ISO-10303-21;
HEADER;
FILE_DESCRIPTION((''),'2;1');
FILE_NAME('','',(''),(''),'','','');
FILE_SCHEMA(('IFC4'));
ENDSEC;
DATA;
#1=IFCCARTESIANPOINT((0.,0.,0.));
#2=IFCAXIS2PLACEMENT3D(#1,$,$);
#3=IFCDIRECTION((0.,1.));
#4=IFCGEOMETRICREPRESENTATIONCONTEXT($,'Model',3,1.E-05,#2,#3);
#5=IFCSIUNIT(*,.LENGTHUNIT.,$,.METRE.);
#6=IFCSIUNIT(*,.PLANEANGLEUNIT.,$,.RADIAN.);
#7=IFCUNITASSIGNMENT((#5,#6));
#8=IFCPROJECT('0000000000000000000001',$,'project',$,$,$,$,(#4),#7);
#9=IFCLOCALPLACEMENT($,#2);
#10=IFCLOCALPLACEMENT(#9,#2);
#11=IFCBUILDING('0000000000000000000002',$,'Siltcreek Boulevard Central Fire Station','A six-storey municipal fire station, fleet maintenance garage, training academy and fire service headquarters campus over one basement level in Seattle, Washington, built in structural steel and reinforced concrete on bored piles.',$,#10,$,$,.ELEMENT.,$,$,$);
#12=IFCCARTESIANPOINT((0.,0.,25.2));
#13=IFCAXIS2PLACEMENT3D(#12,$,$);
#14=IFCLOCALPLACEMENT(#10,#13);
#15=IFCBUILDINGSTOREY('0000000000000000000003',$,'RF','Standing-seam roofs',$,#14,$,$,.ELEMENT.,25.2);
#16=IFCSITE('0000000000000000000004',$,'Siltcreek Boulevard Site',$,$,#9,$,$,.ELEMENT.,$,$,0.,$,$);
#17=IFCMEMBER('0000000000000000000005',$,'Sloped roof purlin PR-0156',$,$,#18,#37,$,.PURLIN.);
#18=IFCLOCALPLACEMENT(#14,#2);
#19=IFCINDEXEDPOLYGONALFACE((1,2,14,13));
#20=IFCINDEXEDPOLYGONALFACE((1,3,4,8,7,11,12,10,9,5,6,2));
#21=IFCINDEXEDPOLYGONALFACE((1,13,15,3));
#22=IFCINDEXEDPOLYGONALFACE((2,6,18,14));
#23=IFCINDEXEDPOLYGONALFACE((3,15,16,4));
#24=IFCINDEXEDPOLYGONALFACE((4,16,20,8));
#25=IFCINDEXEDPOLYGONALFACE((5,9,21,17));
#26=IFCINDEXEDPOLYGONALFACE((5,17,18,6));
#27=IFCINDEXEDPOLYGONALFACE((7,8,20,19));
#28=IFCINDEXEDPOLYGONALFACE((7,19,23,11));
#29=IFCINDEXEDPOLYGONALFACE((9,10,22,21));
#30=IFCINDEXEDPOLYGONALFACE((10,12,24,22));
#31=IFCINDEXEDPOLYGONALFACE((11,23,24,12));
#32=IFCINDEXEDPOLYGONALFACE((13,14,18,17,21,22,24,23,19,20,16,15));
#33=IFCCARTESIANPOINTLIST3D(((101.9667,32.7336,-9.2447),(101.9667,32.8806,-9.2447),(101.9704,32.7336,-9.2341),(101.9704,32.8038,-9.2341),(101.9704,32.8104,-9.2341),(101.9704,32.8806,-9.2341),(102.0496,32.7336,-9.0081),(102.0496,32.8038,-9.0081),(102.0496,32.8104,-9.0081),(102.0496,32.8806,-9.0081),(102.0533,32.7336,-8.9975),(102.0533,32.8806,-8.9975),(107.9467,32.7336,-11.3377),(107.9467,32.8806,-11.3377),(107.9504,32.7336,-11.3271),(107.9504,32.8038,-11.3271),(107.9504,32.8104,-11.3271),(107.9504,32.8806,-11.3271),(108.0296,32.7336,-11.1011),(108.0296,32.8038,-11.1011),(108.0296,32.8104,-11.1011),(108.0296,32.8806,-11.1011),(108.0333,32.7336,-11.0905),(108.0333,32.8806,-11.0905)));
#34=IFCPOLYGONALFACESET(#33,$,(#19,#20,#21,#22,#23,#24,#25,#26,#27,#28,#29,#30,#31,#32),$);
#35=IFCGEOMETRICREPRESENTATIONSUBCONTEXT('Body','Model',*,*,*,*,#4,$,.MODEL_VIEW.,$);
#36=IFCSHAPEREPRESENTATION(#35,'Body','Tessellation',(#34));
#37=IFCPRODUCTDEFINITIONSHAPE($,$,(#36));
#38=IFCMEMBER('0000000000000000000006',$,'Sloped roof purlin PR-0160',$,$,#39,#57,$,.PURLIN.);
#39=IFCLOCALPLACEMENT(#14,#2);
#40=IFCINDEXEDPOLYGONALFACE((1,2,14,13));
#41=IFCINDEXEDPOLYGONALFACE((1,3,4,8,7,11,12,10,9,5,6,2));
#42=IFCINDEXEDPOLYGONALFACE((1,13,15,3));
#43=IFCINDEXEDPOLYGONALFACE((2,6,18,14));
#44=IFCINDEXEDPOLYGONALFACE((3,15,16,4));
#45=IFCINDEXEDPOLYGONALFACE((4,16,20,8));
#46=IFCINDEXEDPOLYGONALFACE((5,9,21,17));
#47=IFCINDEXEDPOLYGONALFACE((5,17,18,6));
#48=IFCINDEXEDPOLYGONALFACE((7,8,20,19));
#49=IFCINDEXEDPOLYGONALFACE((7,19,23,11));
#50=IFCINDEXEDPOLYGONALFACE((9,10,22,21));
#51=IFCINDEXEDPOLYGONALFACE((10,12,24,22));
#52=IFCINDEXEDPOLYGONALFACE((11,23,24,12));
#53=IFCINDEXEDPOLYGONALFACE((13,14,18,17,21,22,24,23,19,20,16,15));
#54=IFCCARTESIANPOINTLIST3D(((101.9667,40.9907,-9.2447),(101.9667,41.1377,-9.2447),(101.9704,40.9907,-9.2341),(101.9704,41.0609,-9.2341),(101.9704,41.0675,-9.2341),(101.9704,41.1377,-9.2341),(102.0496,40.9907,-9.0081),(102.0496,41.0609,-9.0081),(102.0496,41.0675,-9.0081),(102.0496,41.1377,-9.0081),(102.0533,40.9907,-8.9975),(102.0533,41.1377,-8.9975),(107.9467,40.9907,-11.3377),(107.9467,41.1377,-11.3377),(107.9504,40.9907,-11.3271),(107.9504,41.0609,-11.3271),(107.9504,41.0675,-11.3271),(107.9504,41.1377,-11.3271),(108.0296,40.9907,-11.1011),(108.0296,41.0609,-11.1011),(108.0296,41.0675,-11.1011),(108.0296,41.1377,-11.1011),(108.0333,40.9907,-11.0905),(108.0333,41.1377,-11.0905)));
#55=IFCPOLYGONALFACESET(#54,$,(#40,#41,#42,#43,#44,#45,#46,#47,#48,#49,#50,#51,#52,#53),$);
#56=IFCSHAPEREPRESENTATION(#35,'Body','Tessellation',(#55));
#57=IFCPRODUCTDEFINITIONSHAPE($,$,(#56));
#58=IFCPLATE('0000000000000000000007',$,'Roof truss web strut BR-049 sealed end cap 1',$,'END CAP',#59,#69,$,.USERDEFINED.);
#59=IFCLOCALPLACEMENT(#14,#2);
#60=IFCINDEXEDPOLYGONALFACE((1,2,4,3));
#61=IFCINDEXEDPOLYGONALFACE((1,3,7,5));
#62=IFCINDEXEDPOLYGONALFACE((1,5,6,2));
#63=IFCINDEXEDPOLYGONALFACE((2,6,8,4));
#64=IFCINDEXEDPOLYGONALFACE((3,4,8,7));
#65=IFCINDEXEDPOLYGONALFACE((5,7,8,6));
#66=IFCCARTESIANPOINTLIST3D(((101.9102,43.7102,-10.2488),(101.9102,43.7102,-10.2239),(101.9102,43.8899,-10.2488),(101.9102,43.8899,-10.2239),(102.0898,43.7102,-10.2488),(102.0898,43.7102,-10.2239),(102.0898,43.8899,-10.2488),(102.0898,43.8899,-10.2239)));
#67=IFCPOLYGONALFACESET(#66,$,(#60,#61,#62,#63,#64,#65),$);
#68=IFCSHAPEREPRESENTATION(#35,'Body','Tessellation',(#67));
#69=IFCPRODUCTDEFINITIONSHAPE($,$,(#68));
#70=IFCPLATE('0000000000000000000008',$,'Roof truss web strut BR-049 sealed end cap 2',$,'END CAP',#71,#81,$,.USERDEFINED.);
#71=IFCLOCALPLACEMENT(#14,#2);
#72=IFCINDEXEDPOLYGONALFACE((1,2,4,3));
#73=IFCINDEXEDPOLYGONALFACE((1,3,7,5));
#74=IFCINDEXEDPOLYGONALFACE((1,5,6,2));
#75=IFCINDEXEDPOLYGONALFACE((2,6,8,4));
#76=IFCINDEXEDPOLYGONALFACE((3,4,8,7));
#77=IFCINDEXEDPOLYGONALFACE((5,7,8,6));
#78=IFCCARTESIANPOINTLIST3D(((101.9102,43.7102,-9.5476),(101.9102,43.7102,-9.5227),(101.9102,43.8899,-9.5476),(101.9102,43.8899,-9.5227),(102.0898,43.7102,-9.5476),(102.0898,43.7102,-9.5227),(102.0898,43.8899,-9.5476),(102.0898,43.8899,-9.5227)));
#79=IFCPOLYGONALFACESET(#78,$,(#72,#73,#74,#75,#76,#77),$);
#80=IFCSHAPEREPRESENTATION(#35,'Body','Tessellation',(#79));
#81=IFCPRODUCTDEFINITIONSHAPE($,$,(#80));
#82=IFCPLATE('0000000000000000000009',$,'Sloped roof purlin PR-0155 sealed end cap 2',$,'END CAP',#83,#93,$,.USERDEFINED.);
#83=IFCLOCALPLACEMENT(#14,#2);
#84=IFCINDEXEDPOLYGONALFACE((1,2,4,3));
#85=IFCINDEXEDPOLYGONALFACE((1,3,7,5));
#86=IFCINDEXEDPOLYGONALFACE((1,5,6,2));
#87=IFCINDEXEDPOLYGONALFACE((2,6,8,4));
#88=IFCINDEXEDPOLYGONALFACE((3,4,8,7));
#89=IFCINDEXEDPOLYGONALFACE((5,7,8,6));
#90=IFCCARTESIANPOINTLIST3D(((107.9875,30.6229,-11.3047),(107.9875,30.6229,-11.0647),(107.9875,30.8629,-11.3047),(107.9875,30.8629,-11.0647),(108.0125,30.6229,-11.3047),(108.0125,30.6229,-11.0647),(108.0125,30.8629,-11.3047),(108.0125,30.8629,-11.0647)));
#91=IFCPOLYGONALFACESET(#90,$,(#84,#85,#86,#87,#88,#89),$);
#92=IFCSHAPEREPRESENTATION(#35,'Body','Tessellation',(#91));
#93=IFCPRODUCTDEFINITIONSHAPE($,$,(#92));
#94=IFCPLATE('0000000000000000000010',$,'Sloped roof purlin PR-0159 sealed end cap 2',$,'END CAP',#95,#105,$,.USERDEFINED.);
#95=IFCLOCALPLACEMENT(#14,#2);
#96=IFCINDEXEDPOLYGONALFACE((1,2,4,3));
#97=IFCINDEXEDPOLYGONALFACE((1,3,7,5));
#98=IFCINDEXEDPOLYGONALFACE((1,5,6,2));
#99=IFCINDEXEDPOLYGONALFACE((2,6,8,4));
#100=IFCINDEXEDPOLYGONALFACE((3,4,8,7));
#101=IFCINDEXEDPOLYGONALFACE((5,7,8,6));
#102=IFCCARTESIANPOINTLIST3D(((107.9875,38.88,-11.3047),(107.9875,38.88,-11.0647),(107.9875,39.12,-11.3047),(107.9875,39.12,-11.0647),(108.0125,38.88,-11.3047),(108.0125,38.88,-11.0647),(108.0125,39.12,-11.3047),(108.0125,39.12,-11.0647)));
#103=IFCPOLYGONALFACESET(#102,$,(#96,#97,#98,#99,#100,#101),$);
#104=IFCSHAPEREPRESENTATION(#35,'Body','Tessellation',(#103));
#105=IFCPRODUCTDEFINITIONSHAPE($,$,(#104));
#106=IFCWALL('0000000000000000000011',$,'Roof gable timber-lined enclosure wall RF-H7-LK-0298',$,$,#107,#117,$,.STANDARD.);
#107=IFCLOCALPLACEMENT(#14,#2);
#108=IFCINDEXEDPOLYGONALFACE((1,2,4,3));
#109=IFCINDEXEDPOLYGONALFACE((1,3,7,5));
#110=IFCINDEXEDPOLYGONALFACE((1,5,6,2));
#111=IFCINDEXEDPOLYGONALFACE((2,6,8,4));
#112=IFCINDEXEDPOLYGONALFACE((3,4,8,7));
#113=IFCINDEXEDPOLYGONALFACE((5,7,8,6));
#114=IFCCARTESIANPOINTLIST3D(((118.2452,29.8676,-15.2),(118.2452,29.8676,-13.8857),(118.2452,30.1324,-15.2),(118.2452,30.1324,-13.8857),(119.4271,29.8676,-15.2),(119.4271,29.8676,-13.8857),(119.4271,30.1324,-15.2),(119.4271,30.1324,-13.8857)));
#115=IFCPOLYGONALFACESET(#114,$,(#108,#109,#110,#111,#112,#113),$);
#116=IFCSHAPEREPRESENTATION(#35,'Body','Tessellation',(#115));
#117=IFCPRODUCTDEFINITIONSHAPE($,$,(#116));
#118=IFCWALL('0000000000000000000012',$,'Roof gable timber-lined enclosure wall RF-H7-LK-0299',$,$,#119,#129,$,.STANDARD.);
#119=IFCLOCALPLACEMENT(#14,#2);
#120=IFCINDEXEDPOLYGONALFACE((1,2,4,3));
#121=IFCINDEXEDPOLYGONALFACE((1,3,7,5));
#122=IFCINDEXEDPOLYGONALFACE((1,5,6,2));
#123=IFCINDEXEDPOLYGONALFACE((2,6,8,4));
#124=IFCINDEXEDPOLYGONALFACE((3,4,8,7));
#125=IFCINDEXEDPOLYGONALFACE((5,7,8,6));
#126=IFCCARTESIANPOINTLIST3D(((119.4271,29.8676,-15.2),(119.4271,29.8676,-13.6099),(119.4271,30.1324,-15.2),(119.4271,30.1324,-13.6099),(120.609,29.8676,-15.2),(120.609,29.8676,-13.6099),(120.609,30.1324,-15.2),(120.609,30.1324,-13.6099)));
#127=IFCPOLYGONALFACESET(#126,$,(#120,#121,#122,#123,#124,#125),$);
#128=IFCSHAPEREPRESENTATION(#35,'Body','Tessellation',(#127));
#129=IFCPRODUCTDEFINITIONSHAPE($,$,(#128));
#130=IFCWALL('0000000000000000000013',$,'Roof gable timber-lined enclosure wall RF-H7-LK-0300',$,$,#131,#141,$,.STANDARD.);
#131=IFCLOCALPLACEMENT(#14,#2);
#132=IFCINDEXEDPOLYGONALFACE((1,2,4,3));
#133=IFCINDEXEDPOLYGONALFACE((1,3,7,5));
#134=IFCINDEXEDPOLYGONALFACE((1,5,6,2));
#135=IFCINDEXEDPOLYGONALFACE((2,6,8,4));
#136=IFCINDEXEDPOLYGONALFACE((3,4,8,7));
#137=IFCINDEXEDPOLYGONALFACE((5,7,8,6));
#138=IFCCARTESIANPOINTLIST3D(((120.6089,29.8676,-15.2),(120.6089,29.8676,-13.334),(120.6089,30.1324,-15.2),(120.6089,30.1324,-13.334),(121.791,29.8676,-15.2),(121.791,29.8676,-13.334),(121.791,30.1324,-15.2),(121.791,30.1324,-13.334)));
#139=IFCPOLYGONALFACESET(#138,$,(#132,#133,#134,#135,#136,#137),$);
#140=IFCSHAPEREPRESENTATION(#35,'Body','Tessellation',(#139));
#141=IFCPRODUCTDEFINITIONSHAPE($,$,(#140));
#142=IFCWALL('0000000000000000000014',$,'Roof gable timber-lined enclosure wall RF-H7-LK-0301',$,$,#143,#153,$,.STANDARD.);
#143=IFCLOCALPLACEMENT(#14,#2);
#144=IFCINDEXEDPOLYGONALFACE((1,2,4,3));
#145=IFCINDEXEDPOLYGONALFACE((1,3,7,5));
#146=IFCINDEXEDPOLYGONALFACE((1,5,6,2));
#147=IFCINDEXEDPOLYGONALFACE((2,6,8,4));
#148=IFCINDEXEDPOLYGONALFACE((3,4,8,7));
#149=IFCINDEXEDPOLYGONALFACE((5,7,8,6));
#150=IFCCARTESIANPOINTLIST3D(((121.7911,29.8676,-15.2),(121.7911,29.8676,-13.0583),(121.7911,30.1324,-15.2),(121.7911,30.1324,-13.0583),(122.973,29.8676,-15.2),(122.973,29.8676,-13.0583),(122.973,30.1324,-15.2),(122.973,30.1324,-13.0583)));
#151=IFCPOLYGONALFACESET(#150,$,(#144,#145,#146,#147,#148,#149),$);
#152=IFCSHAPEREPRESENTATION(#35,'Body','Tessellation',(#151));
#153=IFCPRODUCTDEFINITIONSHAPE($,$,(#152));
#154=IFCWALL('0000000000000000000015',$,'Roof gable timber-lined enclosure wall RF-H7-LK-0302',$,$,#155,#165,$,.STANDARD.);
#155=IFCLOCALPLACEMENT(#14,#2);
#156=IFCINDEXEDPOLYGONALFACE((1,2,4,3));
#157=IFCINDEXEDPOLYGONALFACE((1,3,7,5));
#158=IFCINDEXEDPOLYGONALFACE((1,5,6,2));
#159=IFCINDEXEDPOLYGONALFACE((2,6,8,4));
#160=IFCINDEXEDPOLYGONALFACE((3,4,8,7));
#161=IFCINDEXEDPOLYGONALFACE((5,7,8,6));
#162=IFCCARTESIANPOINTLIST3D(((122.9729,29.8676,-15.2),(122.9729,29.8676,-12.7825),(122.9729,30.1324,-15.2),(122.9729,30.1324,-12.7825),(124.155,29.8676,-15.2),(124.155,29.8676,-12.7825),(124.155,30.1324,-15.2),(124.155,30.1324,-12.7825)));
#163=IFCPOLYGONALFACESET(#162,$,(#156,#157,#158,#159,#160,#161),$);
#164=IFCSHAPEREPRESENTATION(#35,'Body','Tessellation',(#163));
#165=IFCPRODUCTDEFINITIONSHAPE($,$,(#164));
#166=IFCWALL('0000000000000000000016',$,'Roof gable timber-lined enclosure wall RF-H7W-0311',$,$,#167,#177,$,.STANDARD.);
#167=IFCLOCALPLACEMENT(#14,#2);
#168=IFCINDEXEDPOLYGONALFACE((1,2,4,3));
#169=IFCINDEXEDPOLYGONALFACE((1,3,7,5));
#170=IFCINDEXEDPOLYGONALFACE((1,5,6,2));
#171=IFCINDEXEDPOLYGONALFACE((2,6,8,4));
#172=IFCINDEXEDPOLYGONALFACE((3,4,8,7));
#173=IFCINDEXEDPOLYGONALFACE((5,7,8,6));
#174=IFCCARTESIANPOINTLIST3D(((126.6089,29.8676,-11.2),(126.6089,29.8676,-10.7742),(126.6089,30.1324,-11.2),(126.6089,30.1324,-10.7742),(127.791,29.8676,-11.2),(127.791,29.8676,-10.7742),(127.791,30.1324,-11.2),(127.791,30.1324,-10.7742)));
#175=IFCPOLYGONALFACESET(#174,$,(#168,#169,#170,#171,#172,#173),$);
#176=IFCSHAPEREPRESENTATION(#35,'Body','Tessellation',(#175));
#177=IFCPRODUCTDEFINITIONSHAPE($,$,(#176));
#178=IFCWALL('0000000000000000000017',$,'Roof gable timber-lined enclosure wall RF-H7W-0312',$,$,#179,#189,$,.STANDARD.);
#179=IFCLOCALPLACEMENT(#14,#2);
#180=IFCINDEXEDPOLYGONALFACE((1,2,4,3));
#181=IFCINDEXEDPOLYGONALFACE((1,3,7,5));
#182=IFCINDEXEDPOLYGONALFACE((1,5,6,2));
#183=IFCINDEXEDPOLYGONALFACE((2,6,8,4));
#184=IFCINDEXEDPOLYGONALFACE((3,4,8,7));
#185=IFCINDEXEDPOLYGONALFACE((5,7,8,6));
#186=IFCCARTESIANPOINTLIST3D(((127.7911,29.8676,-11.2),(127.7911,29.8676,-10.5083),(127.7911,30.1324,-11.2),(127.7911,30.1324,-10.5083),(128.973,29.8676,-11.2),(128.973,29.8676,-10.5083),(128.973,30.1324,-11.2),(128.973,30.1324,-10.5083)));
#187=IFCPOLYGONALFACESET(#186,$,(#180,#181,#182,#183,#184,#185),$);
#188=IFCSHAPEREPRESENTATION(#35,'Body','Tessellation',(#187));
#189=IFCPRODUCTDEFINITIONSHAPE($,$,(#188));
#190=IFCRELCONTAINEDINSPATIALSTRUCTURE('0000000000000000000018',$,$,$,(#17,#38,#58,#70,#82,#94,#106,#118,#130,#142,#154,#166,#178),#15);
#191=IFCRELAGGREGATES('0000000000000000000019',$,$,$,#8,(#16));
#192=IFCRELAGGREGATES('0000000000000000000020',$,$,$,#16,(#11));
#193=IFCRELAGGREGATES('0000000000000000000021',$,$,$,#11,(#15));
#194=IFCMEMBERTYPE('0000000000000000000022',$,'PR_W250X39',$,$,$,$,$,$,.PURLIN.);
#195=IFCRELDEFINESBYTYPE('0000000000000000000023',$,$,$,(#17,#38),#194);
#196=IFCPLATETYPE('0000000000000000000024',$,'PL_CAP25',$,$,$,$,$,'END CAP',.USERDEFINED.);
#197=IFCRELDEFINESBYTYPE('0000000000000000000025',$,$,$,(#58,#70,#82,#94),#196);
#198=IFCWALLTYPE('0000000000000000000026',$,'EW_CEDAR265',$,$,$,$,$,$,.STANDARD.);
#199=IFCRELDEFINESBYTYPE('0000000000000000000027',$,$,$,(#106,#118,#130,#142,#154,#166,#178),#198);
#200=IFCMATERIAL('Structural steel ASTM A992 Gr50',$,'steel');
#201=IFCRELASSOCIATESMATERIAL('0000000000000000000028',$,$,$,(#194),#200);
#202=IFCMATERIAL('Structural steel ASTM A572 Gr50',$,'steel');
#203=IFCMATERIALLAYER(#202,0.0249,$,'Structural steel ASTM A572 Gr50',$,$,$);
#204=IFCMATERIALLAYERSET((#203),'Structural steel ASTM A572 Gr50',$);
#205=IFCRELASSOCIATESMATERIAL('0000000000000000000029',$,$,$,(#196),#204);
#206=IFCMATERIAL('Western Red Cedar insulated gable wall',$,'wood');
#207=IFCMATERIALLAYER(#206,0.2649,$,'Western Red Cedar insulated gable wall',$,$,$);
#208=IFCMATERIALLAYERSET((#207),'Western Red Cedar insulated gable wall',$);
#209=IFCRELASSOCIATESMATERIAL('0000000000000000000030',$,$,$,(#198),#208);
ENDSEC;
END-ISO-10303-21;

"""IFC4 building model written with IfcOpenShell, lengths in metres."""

from ifc_helpers import new_model, si_unit, direction, frame, frame_2d, origin, origin_2d, place, context, subcontext, project, spatial, rectangle, i_section, extrude, material, layer, layer_set, material_profile, profile_set, type_object, element, save


model = new_model("IFC4")

# Units and contexts
model_context = context("Model", 3, precision=1e-05, world=origin(), true_north=direction((0.0, 1.0)))
body_context = subcontext(model_context, "Body", "Model", "MODEL_VIEW")
ifc_project = project(units=[si_unit("LENGTHUNIT", "METRE"), si_unit("PLANEANGLEUNIT", "RADIAN")], contexts=[model_context])

# Site, building, storey
site_placement = place(None, origin())
site = spatial("IfcSite", under=ifc_project, at=site_placement, Name="Siltcreek Boulevard Site", CompositionType="ELEMENT", RefElevation=0.0)
building_placement = place(site_placement, origin())
building = spatial("IfcBuilding", under=site, at=building_placement, Name="Siltcreek Boulevard Central Fire Station", Description="A six-storey municipal fire station, fleet maintenance garage, training academy and fire service headquarters campus over one basement level in Seattle, Washington, built in structural steel and reinforced concrete on bored piles.", CompositionType="ELEMENT")
storey_placement = place(building_placement, frame((0.0, 0.0, 25.2)))
storey = spatial("IfcBuildingStorey", under=building, at=storey_placement, Name="RF", Description="Standing-seam roofs", CompositionType="ELEMENT", Elevation=25.2)

# Members
ifc_material_1 = material(Name="Structural steel ASTM A992 Gr50", Category="steel")
ifc_material_profile_1 = material_profile(ifc_material_1, i_section(OverallWidth=0.147, OverallDepth=0.262, WebThickness=0.0066, FlangeThickness=0.0112, at=origin_2d()), Name="W250X39")
ifc_profile_set_1 = profile_set([ifc_material_profile_1], Name="Structural steel ASTM A992 Gr50")
member_type_1 = type_object("IfcMemberType", Name="PR_W250X39", PredefinedType="PURLIN", material=ifc_profile_set_1)
for number, where, z_axis, x_axis, name in (
    (1, (102.01, 32.8071, -9.1211), (0.943857, 0.0, -0.330354), (0.0, 1.0, 0.0), "Sloped roof purlin PR-0156"),
    (2, (102.01, 41.0642, -9.1211), (0.943857, 0.0, -0.330354), (0.0, 1.0, 0.0), "Sloped roof purlin PR-0160"),
):
    element("IfcMember", number, at=place(storey_placement, frame(where, z_axis=z_axis, x_axis=x_axis)), inside=storey, type_object=member_type_1, Name=name, PredefinedType="PURLIN", context=body_context, shape_type="SweptSolid", body=[
        extrude(i_section(OverallWidth=0.147, OverallDepth=0.262, WebThickness=0.0066, FlangeThickness=0.0112, at=origin_2d()), origin(), (0.0, 0.0, 1.0), 6.3357),
    ])

# Plates
ifc_material_2 = material(Name="Structural steel ASTM A572 Gr50", Category="steel")
ifc_layer_1 = layer(ifc_material_2, 0.0249, Name="Structural steel ASTM A572 Gr50")
ifc_layer_set_1 = layer_set([ifc_layer_1], Name="Structural steel ASTM A572 Gr50")
plate_type = type_object("IfcPlateType", Name="PL_CAP25", ElementType="END CAP", PredefinedType="USERDEFINED", material=ifc_layer_set_1)
for number, where, z_axis, x_axis, name in (
    (3, (102.0, 43.8, -10.2488), (0.0, 0.0, 1.0), (1.0, 0.0, 0.0), "Roof truss web strut BR-049 sealed end cap 1"),
    (4, (102.0, 43.8, -9.5476), (0.0, 0.0, 1.0), (1.0, 0.0, 0.0), "Roof truss web strut BR-049 sealed end cap 2"),
):
    element("IfcPlate", number, at=place(storey_placement, frame(where, z_axis=z_axis, x_axis=x_axis)), inside=storey, type_object=plate_type, Name=name, ObjectType="END CAP", PredefinedType="USERDEFINED", context=body_context, shape_type="SweptSolid", body=[
        extrude(rectangle(XDim=0.1797, YDim=0.1797, at=origin_2d()), origin(), (0.0, 0.0, 1.0), 0.0249),
    ])
for number, where, z_axis, x_axis, name in (
    (5, (108.0, 30.7429, -11.3047), (0.0, 0.0, 1.0), (1.0, 0.0, 0.0), "Sloped roof purlin PR-0155 sealed end cap 2"),
    (6, (108.0, 39.0, -11.3047), (0.0, 0.0, 1.0), (1.0, 0.0, 0.0), "Sloped roof purlin PR-0159 sealed end cap 2"),
):
    element("IfcPlate", number, at=place(storey_placement, frame(where, z_axis=z_axis, x_axis=x_axis)), inside=storey, type_object=plate_type, Name=name, ObjectType="END CAP", PredefinedType="USERDEFINED", context=body_context, shape_type="SweptSolid", body=[
        extrude(rectangle(XDim=0.0249, YDim=0.24, at=origin_2d()), origin(), (0.0, 0.0, 1.0), 0.24),
    ])

# Walls
ifc_material_3 = material(Name="Western Red Cedar insulated gable wall", Category="wood")
ifc_layer_2 = layer(ifc_material_3, 0.2649, Name="Western Red Cedar insulated gable wall")
ifc_layer_set_2 = layer_set([ifc_layer_2], Name="Western Red Cedar insulated gable wall")
wall_type = type_object("IfcWallType", Name="EW_CEDAR265", PredefinedType="STANDARD", material=ifc_layer_set_2)
wall_1_placement = place(storey_placement, frame((119.427, 30.0, -15.2), z_axis=(0.0, 0.0, 1.0), x_axis=(-1.0, 0.0, 0.0)))
element("IfcWall", 7, at=wall_1_placement, inside=storey, type_object=wall_type, Name="Roof gable timber-lined enclosure wall RF-H7-LK-0298", PredefinedType="STANDARD", context=body_context, shape_type="SweptSolid", body=[
    extrude(rectangle(XDim=1.1819, YDim=0.2649, at=frame_2d((0.5908, 0.0))), origin(), (0.0, 0.0, 1.0), 1.3142),
])
wall_2_placement = place(storey_placement, frame((120.6089, 30.0, -15.2), z_axis=(0.0, 0.0, 1.0), x_axis=(-1.0, 0.0, 0.0)))
element("IfcWall", 8, at=wall_2_placement, inside=storey, type_object=wall_type, Name="Roof gable timber-lined enclosure wall RF-H7-LK-0299", PredefinedType="STANDARD", context=body_context, shape_type="SweptSolid", body=[
    extrude(rectangle(XDim=1.1819, YDim=0.2649, at=frame_2d((0.5908, 0.0))), origin(), (0.0, 0.0, 1.0), 1.5901),
])
wall_3_placement = place(storey_placement, frame((121.791, 30.0, -15.2), z_axis=(0.0, 0.0, 1.0), x_axis=(-1.0, 0.0, 0.0)))
element("IfcWall", 9, at=wall_3_placement, inside=storey, type_object=wall_type, Name="Roof gable timber-lined enclosure wall RF-H7-LK-0300", PredefinedType="STANDARD", context=body_context, shape_type="SweptSolid", body=[
    extrude(rectangle(XDim=1.1821, YDim=0.2649, at=frame_2d((0.5911, 0.0))), origin(), (0.0, 0.0, 1.0), 1.866),
])
wall_4_placement = place(storey_placement, frame((122.9729, 30.0, -15.2), z_axis=(0.0, 0.0, 1.0), x_axis=(-1.0, 0.0, 0.0)))
element("IfcWall", 10, at=wall_4_placement, inside=storey, type_object=wall_type, Name="Roof gable timber-lined enclosure wall RF-H7-LK-0301", PredefinedType="STANDARD", context=body_context, shape_type="SweptSolid", body=[
    extrude(rectangle(XDim=1.1819, YDim=0.2649, at=frame_2d((0.5908, 0.0))), origin(), (0.0, 0.0, 1.0), 2.1416),
])
wall_5_placement = place(storey_placement, frame((124.155, 30.0, -15.2), z_axis=(0.0, 0.0, 1.0), x_axis=(-1.0, 0.0, 0.0)))
element("IfcWall", 11, at=wall_5_placement, inside=storey, type_object=wall_type, Name="Roof gable timber-lined enclosure wall RF-H7-LK-0302", PredefinedType="STANDARD", context=body_context, shape_type="SweptSolid", body=[
    extrude(rectangle(XDim=1.1821, YDim=0.2649, at=frame_2d((0.5911, 0.0))), origin(), (0.0, 0.0, 1.0), 2.4175),
])
wall_6_placement = place(storey_placement, frame((127.791, 30.0, -11.2), z_axis=(0.0, 0.0, 1.0), x_axis=(-1.0, 0.0, 0.0)))
element("IfcWall", 12, at=wall_6_placement, inside=storey, type_object=wall_type, Name="Roof gable timber-lined enclosure wall RF-H7W-0311", PredefinedType="STANDARD", context=body_context, shape_type="SweptSolid", body=[
    extrude(rectangle(XDim=1.1821, YDim=0.2649, at=frame_2d((0.5911, 0.0))), origin(), (0.0, 0.0, 1.0), 0.4258),
])
wall_7_placement = place(storey_placement, frame((128.9729, 30.0, -11.2), z_axis=(0.0, 0.0, 1.0), x_axis=(-1.0, 0.0, 0.0)))
element("IfcWall", 13, at=wall_7_placement, inside=storey, type_object=wall_type, Name="Roof gable timber-lined enclosure wall RF-H7W-0312", PredefinedType="STANDARD", context=body_context, shape_type="SweptSolid", body=[
    extrude(rectangle(XDim=1.1819, YDim=0.2649, at=frame_2d((0.5908, 0.0))), origin(), (0.0, 0.0, 1.0), 0.6917),
])

save(model, "model.ifc")
